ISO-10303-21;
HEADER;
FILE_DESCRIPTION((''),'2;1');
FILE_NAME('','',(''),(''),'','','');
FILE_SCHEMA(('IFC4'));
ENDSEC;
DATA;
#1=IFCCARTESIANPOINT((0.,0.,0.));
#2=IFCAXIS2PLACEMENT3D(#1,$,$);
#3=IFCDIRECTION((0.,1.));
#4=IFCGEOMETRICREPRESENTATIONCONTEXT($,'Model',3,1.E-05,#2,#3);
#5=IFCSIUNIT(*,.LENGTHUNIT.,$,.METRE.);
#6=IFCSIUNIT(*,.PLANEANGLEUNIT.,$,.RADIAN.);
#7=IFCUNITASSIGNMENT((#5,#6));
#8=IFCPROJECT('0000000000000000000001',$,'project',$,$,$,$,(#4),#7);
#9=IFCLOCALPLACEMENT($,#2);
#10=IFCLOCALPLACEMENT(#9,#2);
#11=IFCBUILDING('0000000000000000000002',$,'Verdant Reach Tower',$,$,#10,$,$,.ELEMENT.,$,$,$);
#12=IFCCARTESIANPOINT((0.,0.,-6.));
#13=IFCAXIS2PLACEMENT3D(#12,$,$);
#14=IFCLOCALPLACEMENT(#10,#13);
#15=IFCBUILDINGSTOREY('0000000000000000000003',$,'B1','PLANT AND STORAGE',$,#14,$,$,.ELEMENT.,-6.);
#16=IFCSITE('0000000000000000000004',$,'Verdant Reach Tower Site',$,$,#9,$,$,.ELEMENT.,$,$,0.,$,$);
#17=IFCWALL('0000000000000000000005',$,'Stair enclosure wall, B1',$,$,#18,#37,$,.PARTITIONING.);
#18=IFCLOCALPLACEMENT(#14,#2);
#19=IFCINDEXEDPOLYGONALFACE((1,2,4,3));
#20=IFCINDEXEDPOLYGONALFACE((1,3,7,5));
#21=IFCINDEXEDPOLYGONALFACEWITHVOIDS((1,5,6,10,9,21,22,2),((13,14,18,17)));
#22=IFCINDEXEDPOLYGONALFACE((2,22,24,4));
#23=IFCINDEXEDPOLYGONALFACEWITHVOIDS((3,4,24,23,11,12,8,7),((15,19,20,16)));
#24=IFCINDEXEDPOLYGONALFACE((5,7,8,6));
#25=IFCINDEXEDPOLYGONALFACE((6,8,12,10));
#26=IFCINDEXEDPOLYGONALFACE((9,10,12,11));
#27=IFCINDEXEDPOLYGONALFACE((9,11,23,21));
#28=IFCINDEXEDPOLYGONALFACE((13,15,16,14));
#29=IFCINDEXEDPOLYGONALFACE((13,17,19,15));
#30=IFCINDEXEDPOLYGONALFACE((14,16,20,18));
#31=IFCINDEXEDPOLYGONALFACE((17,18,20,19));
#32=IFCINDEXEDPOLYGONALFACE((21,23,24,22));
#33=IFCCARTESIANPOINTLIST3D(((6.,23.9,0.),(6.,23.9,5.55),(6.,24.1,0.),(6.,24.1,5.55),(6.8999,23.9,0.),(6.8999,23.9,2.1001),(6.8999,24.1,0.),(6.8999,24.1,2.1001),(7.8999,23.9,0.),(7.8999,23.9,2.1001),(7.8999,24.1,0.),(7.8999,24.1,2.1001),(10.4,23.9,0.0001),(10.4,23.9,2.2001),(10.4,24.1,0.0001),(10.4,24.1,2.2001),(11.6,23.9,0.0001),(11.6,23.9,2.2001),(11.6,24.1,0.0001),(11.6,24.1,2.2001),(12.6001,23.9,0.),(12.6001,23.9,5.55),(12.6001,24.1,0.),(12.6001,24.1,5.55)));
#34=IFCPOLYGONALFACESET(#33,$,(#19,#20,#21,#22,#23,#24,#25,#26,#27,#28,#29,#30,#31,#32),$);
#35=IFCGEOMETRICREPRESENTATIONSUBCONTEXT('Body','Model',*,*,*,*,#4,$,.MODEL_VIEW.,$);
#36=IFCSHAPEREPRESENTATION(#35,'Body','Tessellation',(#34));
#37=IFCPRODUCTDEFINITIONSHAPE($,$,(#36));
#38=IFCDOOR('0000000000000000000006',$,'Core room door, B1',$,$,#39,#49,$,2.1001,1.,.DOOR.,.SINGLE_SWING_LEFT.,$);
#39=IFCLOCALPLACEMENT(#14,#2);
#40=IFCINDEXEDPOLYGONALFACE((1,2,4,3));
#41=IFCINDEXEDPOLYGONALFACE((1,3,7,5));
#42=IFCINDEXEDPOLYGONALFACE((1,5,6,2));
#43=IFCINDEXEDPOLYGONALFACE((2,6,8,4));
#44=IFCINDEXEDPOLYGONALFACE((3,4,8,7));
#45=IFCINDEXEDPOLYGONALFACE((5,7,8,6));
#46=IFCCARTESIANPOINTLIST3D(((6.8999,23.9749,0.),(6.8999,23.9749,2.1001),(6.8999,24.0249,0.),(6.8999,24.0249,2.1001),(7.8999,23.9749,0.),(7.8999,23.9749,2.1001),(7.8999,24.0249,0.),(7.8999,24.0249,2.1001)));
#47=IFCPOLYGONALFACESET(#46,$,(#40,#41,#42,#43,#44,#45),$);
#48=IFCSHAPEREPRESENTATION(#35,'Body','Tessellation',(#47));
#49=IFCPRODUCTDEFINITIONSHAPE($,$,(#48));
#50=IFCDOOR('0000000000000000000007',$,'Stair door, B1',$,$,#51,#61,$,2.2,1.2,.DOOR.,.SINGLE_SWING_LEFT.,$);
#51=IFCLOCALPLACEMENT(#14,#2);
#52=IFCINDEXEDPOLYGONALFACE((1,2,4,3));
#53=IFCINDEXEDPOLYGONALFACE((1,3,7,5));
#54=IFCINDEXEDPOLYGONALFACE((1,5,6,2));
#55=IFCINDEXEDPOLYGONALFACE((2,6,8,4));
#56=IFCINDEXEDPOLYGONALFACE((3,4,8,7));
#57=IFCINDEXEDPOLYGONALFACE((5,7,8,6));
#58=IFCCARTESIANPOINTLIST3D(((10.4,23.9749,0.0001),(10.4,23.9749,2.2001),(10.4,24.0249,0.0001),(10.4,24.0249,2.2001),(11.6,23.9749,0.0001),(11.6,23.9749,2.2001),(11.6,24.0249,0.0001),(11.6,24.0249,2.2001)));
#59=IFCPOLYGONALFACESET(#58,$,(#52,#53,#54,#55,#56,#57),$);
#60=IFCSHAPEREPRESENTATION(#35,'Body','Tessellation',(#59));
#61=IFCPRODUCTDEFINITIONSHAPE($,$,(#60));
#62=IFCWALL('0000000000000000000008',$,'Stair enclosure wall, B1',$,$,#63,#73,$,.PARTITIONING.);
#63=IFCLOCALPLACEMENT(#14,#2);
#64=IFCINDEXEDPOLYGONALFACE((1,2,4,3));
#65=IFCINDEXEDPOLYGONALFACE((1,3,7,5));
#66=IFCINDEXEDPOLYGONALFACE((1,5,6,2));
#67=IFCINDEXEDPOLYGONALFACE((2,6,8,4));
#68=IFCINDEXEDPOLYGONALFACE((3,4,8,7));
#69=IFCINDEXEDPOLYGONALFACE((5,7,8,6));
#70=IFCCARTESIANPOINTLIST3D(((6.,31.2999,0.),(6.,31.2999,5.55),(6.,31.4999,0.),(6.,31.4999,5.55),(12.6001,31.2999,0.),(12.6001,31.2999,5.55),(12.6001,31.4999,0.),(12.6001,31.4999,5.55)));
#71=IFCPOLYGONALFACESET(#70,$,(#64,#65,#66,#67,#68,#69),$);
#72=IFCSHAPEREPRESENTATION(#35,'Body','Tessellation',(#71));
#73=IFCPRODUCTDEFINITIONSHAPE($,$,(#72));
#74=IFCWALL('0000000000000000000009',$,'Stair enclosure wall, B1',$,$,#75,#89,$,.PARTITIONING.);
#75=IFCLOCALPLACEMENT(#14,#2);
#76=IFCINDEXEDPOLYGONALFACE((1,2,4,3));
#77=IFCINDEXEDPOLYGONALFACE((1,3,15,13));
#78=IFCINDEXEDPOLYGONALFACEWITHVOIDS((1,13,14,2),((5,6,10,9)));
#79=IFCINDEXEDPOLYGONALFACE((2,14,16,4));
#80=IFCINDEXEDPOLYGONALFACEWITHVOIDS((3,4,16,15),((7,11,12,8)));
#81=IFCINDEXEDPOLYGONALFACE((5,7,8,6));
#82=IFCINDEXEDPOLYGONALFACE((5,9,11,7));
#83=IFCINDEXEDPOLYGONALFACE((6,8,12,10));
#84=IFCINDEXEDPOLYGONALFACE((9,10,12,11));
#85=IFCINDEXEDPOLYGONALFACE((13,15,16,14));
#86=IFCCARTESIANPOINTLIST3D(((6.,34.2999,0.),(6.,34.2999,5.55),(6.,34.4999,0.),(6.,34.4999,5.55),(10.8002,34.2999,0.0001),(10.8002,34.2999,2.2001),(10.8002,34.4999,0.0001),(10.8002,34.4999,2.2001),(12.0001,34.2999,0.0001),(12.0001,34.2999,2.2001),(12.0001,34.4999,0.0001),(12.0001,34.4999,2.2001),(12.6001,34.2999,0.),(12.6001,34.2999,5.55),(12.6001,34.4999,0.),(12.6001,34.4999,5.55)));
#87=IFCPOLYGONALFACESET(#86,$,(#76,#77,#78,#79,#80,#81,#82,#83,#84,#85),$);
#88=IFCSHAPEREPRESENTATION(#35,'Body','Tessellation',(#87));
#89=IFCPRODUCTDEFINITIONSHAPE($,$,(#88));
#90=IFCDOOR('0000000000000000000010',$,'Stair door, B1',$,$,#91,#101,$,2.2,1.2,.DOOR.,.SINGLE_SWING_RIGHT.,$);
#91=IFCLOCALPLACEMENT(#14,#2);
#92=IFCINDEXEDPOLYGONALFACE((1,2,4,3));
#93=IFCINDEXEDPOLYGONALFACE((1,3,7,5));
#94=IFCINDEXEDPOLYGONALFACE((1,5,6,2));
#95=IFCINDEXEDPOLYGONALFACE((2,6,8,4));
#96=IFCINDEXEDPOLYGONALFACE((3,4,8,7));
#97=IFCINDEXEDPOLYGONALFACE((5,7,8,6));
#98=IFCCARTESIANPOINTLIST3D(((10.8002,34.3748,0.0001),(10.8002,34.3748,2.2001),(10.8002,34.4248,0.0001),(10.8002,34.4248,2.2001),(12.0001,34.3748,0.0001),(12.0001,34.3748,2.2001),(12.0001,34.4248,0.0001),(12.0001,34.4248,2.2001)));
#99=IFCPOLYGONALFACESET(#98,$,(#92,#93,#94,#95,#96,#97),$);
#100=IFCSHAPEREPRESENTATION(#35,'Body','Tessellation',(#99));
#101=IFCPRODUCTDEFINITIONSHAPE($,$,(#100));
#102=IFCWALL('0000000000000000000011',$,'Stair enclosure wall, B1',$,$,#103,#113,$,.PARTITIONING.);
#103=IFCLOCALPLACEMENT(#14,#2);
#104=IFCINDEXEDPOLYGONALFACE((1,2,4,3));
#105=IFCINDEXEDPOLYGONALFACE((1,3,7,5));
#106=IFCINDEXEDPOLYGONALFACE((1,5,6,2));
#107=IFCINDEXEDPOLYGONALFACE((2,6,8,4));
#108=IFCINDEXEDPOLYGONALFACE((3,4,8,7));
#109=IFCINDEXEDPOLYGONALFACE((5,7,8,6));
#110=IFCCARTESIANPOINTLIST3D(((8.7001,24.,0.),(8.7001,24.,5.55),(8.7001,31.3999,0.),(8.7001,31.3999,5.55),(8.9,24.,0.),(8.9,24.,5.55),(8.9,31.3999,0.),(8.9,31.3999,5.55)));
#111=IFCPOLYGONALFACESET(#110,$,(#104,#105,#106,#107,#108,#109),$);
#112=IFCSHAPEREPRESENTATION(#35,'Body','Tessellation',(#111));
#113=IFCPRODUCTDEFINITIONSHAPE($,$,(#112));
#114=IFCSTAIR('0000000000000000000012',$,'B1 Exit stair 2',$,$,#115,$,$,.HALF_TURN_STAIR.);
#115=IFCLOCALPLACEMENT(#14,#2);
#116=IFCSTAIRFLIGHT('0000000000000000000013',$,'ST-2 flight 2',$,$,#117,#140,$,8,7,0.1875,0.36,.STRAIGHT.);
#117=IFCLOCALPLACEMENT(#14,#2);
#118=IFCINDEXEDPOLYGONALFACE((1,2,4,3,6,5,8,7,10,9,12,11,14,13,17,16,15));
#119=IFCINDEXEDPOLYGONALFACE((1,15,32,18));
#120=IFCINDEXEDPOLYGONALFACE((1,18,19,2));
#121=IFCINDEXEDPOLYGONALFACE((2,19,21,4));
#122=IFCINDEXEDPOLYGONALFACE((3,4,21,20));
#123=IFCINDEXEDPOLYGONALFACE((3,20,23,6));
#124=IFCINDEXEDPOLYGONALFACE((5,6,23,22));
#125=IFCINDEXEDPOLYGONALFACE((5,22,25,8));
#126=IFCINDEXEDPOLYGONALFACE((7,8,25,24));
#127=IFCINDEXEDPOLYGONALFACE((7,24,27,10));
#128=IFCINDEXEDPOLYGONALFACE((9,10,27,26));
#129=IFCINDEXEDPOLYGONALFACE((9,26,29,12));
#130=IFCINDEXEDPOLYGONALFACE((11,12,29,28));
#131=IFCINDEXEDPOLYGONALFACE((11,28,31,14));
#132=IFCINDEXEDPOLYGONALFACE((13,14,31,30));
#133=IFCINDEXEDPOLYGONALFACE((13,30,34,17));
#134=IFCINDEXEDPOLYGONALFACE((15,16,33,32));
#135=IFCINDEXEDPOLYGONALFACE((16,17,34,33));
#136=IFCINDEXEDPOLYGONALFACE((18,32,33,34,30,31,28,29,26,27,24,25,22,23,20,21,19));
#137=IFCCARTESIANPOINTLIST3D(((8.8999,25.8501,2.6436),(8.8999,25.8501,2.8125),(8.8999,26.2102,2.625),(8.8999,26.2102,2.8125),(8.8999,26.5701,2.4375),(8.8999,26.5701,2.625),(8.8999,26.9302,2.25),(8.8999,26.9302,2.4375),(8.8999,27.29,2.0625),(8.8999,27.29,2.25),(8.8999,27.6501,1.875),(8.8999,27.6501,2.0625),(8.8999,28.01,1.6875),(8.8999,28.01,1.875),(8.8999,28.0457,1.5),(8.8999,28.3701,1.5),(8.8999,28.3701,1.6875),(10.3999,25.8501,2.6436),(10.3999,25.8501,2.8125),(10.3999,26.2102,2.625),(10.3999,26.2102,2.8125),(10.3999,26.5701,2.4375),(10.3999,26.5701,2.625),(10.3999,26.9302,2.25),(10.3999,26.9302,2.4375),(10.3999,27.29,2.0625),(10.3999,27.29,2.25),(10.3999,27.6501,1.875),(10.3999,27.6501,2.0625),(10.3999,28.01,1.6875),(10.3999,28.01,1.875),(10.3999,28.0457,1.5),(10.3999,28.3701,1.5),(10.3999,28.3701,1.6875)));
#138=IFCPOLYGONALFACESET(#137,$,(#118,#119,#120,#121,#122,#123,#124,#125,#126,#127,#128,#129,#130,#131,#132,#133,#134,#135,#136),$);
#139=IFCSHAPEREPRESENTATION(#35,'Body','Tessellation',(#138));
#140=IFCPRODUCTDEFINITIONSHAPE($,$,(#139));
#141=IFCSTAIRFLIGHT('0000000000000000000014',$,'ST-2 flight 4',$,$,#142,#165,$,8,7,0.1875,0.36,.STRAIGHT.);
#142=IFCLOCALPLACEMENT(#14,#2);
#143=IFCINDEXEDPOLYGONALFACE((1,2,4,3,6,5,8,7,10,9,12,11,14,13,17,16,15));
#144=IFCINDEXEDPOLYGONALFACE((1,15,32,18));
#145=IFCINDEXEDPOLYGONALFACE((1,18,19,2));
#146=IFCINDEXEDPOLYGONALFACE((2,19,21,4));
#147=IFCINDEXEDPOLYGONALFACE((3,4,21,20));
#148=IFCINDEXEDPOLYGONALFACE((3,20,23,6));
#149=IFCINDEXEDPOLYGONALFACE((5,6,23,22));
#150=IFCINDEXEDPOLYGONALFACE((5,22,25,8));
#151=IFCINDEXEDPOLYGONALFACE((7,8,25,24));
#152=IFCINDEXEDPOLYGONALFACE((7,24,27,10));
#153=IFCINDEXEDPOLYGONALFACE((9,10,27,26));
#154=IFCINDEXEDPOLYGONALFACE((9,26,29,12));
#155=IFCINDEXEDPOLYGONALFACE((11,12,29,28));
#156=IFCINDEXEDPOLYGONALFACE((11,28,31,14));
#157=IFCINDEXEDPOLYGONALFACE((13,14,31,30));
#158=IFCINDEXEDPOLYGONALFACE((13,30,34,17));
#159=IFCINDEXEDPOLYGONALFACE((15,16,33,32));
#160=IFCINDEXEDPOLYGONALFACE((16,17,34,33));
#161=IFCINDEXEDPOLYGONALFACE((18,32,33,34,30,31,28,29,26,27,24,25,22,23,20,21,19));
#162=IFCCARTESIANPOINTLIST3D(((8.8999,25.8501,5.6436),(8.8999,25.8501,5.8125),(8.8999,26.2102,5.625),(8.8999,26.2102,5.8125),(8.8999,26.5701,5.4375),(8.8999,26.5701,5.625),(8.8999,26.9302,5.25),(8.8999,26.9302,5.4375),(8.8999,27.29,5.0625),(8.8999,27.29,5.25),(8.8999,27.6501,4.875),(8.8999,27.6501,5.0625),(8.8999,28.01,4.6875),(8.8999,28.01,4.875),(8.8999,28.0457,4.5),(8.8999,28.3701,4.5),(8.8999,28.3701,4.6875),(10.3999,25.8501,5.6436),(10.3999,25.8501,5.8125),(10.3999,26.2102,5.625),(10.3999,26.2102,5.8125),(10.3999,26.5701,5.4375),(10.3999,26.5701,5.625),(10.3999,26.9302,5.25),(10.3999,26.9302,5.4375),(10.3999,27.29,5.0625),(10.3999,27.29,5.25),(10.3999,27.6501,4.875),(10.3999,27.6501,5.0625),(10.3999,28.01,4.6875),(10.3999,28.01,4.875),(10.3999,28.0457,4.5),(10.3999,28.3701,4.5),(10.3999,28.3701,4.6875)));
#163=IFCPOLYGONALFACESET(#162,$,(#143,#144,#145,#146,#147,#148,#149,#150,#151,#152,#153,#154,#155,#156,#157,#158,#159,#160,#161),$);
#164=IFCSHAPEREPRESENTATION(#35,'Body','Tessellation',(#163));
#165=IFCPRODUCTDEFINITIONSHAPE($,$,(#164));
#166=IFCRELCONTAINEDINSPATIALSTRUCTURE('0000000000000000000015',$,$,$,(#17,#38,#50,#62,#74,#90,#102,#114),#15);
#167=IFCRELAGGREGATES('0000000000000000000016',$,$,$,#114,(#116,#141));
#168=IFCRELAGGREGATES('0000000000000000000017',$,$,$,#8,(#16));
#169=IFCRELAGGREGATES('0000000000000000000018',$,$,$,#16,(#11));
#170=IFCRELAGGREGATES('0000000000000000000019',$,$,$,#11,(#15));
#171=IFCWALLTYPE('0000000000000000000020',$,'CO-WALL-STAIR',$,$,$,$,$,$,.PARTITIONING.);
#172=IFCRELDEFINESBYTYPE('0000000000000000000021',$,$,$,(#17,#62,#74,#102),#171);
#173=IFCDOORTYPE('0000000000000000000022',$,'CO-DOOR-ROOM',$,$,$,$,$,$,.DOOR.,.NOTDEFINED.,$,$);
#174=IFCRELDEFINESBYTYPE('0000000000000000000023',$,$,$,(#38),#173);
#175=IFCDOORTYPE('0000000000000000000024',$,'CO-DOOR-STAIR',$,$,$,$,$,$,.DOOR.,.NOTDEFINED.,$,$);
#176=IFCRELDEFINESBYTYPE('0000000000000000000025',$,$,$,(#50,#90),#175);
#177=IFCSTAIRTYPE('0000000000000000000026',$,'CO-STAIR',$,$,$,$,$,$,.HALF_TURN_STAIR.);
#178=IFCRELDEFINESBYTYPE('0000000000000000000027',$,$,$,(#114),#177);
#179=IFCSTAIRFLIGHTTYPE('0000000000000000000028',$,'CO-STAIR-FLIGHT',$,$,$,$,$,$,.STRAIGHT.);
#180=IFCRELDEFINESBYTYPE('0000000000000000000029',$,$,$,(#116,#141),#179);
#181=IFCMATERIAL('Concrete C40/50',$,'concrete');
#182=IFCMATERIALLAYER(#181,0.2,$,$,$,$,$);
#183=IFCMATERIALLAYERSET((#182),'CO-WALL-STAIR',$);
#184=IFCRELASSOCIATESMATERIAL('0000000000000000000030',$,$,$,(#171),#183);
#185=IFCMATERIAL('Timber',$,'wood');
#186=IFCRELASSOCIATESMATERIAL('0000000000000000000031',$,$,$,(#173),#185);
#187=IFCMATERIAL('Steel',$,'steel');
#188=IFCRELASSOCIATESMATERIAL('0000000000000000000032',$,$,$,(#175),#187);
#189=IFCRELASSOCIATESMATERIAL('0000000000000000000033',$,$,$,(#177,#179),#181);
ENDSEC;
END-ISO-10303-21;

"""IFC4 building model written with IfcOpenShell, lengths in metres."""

from ifc_helpers import new_model, si_unit, direction, frame, frame_2d, origin, place, context, subcontext, project, spatial, polyline, rectangle, outline, extrude, material, layer, layer_set, type_object, element, fill, aggregate, save


model = new_model("IFC4")

# Units and contexts
model_context = context("Model", 3, precision=1e-05, world=origin(), true_north=direction((0.0, 1.0)))
body_context = subcontext(model_context, "Body", "Model", "MODEL_VIEW")
ifc_project = project(units=[si_unit("LENGTHUNIT", "METRE"), si_unit("PLANEANGLEUNIT", "RADIAN")], contexts=[model_context])

# Site, building, storey
site_placement = place(None, origin())
site = spatial("IfcSite", under=ifc_project, at=site_placement, Name="Verdant Reach Tower Site", CompositionType="ELEMENT", RefElevation=0.0)
building_placement = place(site_placement, origin())
building = spatial("IfcBuilding", under=site, at=building_placement, Name="Verdant Reach Tower", CompositionType="ELEMENT")
storey_placement = place(building_placement, frame((0.0, 0.0, -6.0)))
storey = spatial("IfcBuildingStorey", under=building, at=storey_placement, Name="B1", Description="PLANT AND STORAGE", CompositionType="ELEMENT", Elevation=-6.0)

# Shared definitions
ifc_material_1 = material(Name="Concrete C40/50", Category="concrete")

# Wall, openings, doors
ifc_layer_1 = layer(ifc_material_1, 0.2)
ifc_layer_set_1 = layer_set([ifc_layer_1], Name="CO-WALL-STAIR")
wall_type_1 = type_object("IfcWallType", Name="CO-WALL-STAIR", PredefinedType="PARTITIONING", material=ifc_layer_set_1)
wall_1_placement = place(storey_placement, frame((6.0, 24.0, 0.0), z_axis=(0.0, 0.0, 1.0), x_axis=(1.0, 0.0, 0.0)))
wall_1 = element("IfcWall", 1, at=wall_1_placement, inside=storey, type_object=wall_type_1, Name="Stair enclosure wall, B1", PredefinedType="PARTITIONING", context=body_context, shape_type="SweptSolid", body=[
    extrude(rectangle(XDim=6.6001, YDim=0.2, at=frame_2d((3.3, 0.0))), origin(), (0.0, 0.0, 1.0), 5.55),
])
opening_1_placement = place(wall_1_placement, frame((0.8999, 0.0, 0.0)))
opening_1 = element("IfcOpeningElement", 2, at=opening_1_placement, cuts=wall_1, PredefinedType="OPENING", context=body_context, shape_type="SweptSolid", body=[
    extrude(rectangle(XDim=1.0, YDim=2.1001, at=frame_2d((0.5, 1.05))), frame((0.0, 0.1099, 0.0), z_axis=(0.0, -1.0, 0.0), x_axis=(1.0, 0.0, 0.0)), (0.0, 0.0, 1.0), 0.22),
])
opening_2_placement = place(wall_1_placement, frame((4.3999, 0.0, 0.0)))
opening_2 = element("IfcOpeningElement", 3, at=opening_2_placement, cuts=wall_1, PredefinedType="OPENING", context=body_context, shape_type="SweptSolid", body=[
    extrude(rectangle(XDim=1.2, YDim=2.2, at=frame_2d((0.6001, 1.1001))), frame((0.0, 0.1099, 0.0), z_axis=(0.0, -1.0, 0.0), x_axis=(1.0, 0.0, 0.0)), (0.0, 0.0, 1.0), 0.22),
])
ifc_material_2 = material(Name="Timber", Category="wood")
door_type_1 = type_object("IfcDoorType", Name="CO-DOOR-ROOM", OperationType="NOTDEFINED", PredefinedType="DOOR", material=ifc_material_2)
door_1_placement = place(opening_1_placement, origin())
door_1 = element("IfcDoor", 4, at=door_1_placement, inside=storey, type_object=door_type_1, Name="Core room door, B1", OperationType="SINGLE_SWING_LEFT", OverallHeight=2.1001, OverallWidth=1.0, PredefinedType="DOOR", context=body_context, shape_type="SweptSolid", body=[
    extrude(rectangle(XDim=1.0, YDim=2.1001, at=frame_2d((0.5, 1.05))), frame((0.0, 0.0249, 0.0), z_axis=(0.0, -1.0, 0.0), x_axis=(1.0, 0.0, 0.0)), (0.0, 0.0, 1.0), 0.05),
])
fill(opening_1, door_1)
ifc_material_3 = material(Name="Steel", Category="steel")
door_type_2 = type_object("IfcDoorType", Name="CO-DOOR-STAIR", OperationType="NOTDEFINED", PredefinedType="DOOR", material=ifc_material_3)
door_2_placement = place(opening_2_placement, origin())
door_2 = element("IfcDoor", 5, at=door_2_placement, inside=storey, type_object=door_type_2, Name="Stair door, B1", OperationType="SINGLE_SWING_LEFT", OverallHeight=2.2, OverallWidth=1.2, PredefinedType="DOOR", context=body_context, shape_type="SweptSolid", body=[
    extrude(rectangle(XDim=1.2, YDim=2.2, at=frame_2d((0.6001, 1.1001))), frame((0.0, 0.0249, 0.0), z_axis=(0.0, -1.0, 0.0), x_axis=(1.0, 0.0, 0.0)), (0.0, 0.0, 1.0), 0.05),
])
fill(opening_2, door_2)

# Wall
wall_2_placement = place(storey_placement, frame((6.0, 31.3999, 0.0), z_axis=(0.0, 0.0, 1.0), x_axis=(1.0, 0.0, 0.0)))
element("IfcWall", 6, at=wall_2_placement, inside=storey, type_object=wall_type_1, Name="Stair enclosure wall, B1", PredefinedType="PARTITIONING", context=body_context, shape_type="SweptSolid", body=[
    extrude(rectangle(XDim=6.6001, YDim=0.2, at=frame_2d((3.3, 0.0))), origin(), (0.0, 0.0, 1.0), 5.55),
])

# Wall, opening, door
wall_3_placement = place(storey_placement, frame((6.0, 34.3999, 0.0), z_axis=(0.0, 0.0, 1.0), x_axis=(1.0, 0.0, 0.0)))
wall_3 = element("IfcWall", 7, at=wall_3_placement, inside=storey, type_object=wall_type_1, Name="Stair enclosure wall, B1", PredefinedType="PARTITIONING", context=body_context, shape_type="SweptSolid", body=[
    extrude(rectangle(XDim=6.6001, YDim=0.2, at=frame_2d((3.3, 0.0))), origin(), (0.0, 0.0, 1.0), 5.55),
])
opening_3_placement = place(wall_3_placement, frame((4.8, 0.0, 0.0)))
opening_3 = element("IfcOpeningElement", 8, at=opening_3_placement, cuts=wall_3, PredefinedType="OPENING", context=body_context, shape_type="SweptSolid", body=[
    extrude(rectangle(XDim=1.2, YDim=2.2, at=frame_2d((0.6001, 1.1001))), frame((0.0, 0.1099, 0.0), z_axis=(0.0, -1.0, 0.0), x_axis=(1.0, 0.0, 0.0)), (0.0, 0.0, 1.0), 0.22),
])
door_3_placement = place(opening_3_placement, origin())
door_3 = element("IfcDoor", 9, at=door_3_placement, inside=storey, type_object=door_type_2, Name="Stair door, B1", OperationType="SINGLE_SWING_RIGHT", OverallHeight=2.2, OverallWidth=1.2, PredefinedType="DOOR", context=body_context, shape_type="SweptSolid", body=[
    extrude(rectangle(XDim=1.2, YDim=2.2, at=frame_2d((0.6001, 1.1001))), frame((0.0, 0.0249, 0.0), z_axis=(0.0, -1.0, 0.0), x_axis=(1.0, 0.0, 0.0)), (0.0, 0.0, 1.0), 0.05),
])
fill(opening_3, door_3)

# Wall
wall_4_placement = place(storey_placement, frame((8.8, 24.0, 0.0), z_axis=(0.0, 0.0, 1.0), x_axis=(0.0, 1.0, 0.0)))
element("IfcWall", 10, at=wall_4_placement, inside=storey, type_object=wall_type_1, Name="Stair enclosure wall, B1", PredefinedType="PARTITIONING", context=body_context, shape_type="SweptSolid", body=[
    extrude(rectangle(XDim=7.3999, YDim=0.2, at=frame_2d((3.7, 0.0))), origin(), (0.0, 0.0, 1.0), 5.55),
])

# Stair, stair flights
stair_type = type_object("IfcStairType", Name="CO-STAIR", PredefinedType="HALF_TURN_STAIR", material=ifc_material_1)
stair_1_placement = place(storey_placement, origin())
stair_1 = element("IfcStair", 11, at=stair_1_placement, inside=storey, type_object=stair_type, Name="B1 Exit stair 2", PredefinedType="HALF_TURN_STAIR")
stair_flight_type = type_object("IfcStairFlightType", Name="CO-STAIR-FLIGHT", PredefinedType="STRAIGHT", material=ifc_material_1)
stair_flight_1_placement = place(storey_placement, frame((9.6499, 28.3701, 1.5), z_axis=(0.0, 0.0, 1.0), x_axis=(0.0, -1.0, 0.0)))
stair_flight_1 = element("IfcStairFlight", 12, at=stair_flight_1_placement, type_object=stair_flight_type, Name="ST-2 flight 2", NumberOfRisers=8, NumberOfTreads=7, PredefinedType="STRAIGHT", RiserHeight=0.1875, TreadLength=0.36, context=body_context, shape_type="SweptSolid", body=[
    extrude(outline(polyline([(0.0, 0.0), (0.0, 0.1875), (0.3601, 0.1875), (0.3601, 0.375), (0.72, 0.375), (0.72, 0.5625), (1.0801, 0.5625), (1.0801, 0.75), (1.4399, 0.75), (1.4399, 0.9375), (1.8, 0.9375), (1.8, 1.125), (2.1599, 1.125), (2.1599, 1.3125), (2.52, 1.3125), (2.52, 1.5), (2.52, 1.1436), (0.3245, 0.0), (0.0, 0.0)])), frame((0.0, 0.75, 0.0), z_axis=(0.0, -1.0, 0.0), x_axis=(1.0, 0.0, 0.0)), (0.0, 0.0, 1.0), 1.5),
])
stair_flight_2_placement = place(storey_placement, frame((9.6499, 28.3701, 4.5), z_axis=(0.0, 0.0, 1.0), x_axis=(0.0, -1.0, 0.0)))
stair_flight_2 = element("IfcStairFlight", 13, at=stair_flight_2_placement, type_object=stair_flight_type, Name="ST-2 flight 4", NumberOfRisers=8, NumberOfTreads=7, PredefinedType="STRAIGHT", RiserHeight=0.1875, TreadLength=0.36, context=body_context, shape_type="SweptSolid", body=[
    extrude(outline(polyline([(0.0, 0.0), (0.0, 0.1875), (0.3601, 0.1875), (0.3601, 0.375), (0.72, 0.375), (0.72, 0.5625), (1.0801, 0.5625), (1.0801, 0.75), (1.4399, 0.75), (1.4399, 0.9375), (1.8, 0.9375), (1.8, 1.125), (2.1599, 1.125), (2.1599, 1.3125), (2.52, 1.3125), (2.52, 1.5), (2.52, 1.1436), (0.3245, 0.0), (0.0, 0.0)])), frame((0.0, 0.75, 0.0), z_axis=(0.0, -1.0, 0.0), x_axis=(1.0, 0.0, 0.0)), (0.0, 0.0, 1.0), 1.5),
])
aggregate(stair_1, [stair_flight_1, stair_flight_2])

save(model, "model.ifc")
